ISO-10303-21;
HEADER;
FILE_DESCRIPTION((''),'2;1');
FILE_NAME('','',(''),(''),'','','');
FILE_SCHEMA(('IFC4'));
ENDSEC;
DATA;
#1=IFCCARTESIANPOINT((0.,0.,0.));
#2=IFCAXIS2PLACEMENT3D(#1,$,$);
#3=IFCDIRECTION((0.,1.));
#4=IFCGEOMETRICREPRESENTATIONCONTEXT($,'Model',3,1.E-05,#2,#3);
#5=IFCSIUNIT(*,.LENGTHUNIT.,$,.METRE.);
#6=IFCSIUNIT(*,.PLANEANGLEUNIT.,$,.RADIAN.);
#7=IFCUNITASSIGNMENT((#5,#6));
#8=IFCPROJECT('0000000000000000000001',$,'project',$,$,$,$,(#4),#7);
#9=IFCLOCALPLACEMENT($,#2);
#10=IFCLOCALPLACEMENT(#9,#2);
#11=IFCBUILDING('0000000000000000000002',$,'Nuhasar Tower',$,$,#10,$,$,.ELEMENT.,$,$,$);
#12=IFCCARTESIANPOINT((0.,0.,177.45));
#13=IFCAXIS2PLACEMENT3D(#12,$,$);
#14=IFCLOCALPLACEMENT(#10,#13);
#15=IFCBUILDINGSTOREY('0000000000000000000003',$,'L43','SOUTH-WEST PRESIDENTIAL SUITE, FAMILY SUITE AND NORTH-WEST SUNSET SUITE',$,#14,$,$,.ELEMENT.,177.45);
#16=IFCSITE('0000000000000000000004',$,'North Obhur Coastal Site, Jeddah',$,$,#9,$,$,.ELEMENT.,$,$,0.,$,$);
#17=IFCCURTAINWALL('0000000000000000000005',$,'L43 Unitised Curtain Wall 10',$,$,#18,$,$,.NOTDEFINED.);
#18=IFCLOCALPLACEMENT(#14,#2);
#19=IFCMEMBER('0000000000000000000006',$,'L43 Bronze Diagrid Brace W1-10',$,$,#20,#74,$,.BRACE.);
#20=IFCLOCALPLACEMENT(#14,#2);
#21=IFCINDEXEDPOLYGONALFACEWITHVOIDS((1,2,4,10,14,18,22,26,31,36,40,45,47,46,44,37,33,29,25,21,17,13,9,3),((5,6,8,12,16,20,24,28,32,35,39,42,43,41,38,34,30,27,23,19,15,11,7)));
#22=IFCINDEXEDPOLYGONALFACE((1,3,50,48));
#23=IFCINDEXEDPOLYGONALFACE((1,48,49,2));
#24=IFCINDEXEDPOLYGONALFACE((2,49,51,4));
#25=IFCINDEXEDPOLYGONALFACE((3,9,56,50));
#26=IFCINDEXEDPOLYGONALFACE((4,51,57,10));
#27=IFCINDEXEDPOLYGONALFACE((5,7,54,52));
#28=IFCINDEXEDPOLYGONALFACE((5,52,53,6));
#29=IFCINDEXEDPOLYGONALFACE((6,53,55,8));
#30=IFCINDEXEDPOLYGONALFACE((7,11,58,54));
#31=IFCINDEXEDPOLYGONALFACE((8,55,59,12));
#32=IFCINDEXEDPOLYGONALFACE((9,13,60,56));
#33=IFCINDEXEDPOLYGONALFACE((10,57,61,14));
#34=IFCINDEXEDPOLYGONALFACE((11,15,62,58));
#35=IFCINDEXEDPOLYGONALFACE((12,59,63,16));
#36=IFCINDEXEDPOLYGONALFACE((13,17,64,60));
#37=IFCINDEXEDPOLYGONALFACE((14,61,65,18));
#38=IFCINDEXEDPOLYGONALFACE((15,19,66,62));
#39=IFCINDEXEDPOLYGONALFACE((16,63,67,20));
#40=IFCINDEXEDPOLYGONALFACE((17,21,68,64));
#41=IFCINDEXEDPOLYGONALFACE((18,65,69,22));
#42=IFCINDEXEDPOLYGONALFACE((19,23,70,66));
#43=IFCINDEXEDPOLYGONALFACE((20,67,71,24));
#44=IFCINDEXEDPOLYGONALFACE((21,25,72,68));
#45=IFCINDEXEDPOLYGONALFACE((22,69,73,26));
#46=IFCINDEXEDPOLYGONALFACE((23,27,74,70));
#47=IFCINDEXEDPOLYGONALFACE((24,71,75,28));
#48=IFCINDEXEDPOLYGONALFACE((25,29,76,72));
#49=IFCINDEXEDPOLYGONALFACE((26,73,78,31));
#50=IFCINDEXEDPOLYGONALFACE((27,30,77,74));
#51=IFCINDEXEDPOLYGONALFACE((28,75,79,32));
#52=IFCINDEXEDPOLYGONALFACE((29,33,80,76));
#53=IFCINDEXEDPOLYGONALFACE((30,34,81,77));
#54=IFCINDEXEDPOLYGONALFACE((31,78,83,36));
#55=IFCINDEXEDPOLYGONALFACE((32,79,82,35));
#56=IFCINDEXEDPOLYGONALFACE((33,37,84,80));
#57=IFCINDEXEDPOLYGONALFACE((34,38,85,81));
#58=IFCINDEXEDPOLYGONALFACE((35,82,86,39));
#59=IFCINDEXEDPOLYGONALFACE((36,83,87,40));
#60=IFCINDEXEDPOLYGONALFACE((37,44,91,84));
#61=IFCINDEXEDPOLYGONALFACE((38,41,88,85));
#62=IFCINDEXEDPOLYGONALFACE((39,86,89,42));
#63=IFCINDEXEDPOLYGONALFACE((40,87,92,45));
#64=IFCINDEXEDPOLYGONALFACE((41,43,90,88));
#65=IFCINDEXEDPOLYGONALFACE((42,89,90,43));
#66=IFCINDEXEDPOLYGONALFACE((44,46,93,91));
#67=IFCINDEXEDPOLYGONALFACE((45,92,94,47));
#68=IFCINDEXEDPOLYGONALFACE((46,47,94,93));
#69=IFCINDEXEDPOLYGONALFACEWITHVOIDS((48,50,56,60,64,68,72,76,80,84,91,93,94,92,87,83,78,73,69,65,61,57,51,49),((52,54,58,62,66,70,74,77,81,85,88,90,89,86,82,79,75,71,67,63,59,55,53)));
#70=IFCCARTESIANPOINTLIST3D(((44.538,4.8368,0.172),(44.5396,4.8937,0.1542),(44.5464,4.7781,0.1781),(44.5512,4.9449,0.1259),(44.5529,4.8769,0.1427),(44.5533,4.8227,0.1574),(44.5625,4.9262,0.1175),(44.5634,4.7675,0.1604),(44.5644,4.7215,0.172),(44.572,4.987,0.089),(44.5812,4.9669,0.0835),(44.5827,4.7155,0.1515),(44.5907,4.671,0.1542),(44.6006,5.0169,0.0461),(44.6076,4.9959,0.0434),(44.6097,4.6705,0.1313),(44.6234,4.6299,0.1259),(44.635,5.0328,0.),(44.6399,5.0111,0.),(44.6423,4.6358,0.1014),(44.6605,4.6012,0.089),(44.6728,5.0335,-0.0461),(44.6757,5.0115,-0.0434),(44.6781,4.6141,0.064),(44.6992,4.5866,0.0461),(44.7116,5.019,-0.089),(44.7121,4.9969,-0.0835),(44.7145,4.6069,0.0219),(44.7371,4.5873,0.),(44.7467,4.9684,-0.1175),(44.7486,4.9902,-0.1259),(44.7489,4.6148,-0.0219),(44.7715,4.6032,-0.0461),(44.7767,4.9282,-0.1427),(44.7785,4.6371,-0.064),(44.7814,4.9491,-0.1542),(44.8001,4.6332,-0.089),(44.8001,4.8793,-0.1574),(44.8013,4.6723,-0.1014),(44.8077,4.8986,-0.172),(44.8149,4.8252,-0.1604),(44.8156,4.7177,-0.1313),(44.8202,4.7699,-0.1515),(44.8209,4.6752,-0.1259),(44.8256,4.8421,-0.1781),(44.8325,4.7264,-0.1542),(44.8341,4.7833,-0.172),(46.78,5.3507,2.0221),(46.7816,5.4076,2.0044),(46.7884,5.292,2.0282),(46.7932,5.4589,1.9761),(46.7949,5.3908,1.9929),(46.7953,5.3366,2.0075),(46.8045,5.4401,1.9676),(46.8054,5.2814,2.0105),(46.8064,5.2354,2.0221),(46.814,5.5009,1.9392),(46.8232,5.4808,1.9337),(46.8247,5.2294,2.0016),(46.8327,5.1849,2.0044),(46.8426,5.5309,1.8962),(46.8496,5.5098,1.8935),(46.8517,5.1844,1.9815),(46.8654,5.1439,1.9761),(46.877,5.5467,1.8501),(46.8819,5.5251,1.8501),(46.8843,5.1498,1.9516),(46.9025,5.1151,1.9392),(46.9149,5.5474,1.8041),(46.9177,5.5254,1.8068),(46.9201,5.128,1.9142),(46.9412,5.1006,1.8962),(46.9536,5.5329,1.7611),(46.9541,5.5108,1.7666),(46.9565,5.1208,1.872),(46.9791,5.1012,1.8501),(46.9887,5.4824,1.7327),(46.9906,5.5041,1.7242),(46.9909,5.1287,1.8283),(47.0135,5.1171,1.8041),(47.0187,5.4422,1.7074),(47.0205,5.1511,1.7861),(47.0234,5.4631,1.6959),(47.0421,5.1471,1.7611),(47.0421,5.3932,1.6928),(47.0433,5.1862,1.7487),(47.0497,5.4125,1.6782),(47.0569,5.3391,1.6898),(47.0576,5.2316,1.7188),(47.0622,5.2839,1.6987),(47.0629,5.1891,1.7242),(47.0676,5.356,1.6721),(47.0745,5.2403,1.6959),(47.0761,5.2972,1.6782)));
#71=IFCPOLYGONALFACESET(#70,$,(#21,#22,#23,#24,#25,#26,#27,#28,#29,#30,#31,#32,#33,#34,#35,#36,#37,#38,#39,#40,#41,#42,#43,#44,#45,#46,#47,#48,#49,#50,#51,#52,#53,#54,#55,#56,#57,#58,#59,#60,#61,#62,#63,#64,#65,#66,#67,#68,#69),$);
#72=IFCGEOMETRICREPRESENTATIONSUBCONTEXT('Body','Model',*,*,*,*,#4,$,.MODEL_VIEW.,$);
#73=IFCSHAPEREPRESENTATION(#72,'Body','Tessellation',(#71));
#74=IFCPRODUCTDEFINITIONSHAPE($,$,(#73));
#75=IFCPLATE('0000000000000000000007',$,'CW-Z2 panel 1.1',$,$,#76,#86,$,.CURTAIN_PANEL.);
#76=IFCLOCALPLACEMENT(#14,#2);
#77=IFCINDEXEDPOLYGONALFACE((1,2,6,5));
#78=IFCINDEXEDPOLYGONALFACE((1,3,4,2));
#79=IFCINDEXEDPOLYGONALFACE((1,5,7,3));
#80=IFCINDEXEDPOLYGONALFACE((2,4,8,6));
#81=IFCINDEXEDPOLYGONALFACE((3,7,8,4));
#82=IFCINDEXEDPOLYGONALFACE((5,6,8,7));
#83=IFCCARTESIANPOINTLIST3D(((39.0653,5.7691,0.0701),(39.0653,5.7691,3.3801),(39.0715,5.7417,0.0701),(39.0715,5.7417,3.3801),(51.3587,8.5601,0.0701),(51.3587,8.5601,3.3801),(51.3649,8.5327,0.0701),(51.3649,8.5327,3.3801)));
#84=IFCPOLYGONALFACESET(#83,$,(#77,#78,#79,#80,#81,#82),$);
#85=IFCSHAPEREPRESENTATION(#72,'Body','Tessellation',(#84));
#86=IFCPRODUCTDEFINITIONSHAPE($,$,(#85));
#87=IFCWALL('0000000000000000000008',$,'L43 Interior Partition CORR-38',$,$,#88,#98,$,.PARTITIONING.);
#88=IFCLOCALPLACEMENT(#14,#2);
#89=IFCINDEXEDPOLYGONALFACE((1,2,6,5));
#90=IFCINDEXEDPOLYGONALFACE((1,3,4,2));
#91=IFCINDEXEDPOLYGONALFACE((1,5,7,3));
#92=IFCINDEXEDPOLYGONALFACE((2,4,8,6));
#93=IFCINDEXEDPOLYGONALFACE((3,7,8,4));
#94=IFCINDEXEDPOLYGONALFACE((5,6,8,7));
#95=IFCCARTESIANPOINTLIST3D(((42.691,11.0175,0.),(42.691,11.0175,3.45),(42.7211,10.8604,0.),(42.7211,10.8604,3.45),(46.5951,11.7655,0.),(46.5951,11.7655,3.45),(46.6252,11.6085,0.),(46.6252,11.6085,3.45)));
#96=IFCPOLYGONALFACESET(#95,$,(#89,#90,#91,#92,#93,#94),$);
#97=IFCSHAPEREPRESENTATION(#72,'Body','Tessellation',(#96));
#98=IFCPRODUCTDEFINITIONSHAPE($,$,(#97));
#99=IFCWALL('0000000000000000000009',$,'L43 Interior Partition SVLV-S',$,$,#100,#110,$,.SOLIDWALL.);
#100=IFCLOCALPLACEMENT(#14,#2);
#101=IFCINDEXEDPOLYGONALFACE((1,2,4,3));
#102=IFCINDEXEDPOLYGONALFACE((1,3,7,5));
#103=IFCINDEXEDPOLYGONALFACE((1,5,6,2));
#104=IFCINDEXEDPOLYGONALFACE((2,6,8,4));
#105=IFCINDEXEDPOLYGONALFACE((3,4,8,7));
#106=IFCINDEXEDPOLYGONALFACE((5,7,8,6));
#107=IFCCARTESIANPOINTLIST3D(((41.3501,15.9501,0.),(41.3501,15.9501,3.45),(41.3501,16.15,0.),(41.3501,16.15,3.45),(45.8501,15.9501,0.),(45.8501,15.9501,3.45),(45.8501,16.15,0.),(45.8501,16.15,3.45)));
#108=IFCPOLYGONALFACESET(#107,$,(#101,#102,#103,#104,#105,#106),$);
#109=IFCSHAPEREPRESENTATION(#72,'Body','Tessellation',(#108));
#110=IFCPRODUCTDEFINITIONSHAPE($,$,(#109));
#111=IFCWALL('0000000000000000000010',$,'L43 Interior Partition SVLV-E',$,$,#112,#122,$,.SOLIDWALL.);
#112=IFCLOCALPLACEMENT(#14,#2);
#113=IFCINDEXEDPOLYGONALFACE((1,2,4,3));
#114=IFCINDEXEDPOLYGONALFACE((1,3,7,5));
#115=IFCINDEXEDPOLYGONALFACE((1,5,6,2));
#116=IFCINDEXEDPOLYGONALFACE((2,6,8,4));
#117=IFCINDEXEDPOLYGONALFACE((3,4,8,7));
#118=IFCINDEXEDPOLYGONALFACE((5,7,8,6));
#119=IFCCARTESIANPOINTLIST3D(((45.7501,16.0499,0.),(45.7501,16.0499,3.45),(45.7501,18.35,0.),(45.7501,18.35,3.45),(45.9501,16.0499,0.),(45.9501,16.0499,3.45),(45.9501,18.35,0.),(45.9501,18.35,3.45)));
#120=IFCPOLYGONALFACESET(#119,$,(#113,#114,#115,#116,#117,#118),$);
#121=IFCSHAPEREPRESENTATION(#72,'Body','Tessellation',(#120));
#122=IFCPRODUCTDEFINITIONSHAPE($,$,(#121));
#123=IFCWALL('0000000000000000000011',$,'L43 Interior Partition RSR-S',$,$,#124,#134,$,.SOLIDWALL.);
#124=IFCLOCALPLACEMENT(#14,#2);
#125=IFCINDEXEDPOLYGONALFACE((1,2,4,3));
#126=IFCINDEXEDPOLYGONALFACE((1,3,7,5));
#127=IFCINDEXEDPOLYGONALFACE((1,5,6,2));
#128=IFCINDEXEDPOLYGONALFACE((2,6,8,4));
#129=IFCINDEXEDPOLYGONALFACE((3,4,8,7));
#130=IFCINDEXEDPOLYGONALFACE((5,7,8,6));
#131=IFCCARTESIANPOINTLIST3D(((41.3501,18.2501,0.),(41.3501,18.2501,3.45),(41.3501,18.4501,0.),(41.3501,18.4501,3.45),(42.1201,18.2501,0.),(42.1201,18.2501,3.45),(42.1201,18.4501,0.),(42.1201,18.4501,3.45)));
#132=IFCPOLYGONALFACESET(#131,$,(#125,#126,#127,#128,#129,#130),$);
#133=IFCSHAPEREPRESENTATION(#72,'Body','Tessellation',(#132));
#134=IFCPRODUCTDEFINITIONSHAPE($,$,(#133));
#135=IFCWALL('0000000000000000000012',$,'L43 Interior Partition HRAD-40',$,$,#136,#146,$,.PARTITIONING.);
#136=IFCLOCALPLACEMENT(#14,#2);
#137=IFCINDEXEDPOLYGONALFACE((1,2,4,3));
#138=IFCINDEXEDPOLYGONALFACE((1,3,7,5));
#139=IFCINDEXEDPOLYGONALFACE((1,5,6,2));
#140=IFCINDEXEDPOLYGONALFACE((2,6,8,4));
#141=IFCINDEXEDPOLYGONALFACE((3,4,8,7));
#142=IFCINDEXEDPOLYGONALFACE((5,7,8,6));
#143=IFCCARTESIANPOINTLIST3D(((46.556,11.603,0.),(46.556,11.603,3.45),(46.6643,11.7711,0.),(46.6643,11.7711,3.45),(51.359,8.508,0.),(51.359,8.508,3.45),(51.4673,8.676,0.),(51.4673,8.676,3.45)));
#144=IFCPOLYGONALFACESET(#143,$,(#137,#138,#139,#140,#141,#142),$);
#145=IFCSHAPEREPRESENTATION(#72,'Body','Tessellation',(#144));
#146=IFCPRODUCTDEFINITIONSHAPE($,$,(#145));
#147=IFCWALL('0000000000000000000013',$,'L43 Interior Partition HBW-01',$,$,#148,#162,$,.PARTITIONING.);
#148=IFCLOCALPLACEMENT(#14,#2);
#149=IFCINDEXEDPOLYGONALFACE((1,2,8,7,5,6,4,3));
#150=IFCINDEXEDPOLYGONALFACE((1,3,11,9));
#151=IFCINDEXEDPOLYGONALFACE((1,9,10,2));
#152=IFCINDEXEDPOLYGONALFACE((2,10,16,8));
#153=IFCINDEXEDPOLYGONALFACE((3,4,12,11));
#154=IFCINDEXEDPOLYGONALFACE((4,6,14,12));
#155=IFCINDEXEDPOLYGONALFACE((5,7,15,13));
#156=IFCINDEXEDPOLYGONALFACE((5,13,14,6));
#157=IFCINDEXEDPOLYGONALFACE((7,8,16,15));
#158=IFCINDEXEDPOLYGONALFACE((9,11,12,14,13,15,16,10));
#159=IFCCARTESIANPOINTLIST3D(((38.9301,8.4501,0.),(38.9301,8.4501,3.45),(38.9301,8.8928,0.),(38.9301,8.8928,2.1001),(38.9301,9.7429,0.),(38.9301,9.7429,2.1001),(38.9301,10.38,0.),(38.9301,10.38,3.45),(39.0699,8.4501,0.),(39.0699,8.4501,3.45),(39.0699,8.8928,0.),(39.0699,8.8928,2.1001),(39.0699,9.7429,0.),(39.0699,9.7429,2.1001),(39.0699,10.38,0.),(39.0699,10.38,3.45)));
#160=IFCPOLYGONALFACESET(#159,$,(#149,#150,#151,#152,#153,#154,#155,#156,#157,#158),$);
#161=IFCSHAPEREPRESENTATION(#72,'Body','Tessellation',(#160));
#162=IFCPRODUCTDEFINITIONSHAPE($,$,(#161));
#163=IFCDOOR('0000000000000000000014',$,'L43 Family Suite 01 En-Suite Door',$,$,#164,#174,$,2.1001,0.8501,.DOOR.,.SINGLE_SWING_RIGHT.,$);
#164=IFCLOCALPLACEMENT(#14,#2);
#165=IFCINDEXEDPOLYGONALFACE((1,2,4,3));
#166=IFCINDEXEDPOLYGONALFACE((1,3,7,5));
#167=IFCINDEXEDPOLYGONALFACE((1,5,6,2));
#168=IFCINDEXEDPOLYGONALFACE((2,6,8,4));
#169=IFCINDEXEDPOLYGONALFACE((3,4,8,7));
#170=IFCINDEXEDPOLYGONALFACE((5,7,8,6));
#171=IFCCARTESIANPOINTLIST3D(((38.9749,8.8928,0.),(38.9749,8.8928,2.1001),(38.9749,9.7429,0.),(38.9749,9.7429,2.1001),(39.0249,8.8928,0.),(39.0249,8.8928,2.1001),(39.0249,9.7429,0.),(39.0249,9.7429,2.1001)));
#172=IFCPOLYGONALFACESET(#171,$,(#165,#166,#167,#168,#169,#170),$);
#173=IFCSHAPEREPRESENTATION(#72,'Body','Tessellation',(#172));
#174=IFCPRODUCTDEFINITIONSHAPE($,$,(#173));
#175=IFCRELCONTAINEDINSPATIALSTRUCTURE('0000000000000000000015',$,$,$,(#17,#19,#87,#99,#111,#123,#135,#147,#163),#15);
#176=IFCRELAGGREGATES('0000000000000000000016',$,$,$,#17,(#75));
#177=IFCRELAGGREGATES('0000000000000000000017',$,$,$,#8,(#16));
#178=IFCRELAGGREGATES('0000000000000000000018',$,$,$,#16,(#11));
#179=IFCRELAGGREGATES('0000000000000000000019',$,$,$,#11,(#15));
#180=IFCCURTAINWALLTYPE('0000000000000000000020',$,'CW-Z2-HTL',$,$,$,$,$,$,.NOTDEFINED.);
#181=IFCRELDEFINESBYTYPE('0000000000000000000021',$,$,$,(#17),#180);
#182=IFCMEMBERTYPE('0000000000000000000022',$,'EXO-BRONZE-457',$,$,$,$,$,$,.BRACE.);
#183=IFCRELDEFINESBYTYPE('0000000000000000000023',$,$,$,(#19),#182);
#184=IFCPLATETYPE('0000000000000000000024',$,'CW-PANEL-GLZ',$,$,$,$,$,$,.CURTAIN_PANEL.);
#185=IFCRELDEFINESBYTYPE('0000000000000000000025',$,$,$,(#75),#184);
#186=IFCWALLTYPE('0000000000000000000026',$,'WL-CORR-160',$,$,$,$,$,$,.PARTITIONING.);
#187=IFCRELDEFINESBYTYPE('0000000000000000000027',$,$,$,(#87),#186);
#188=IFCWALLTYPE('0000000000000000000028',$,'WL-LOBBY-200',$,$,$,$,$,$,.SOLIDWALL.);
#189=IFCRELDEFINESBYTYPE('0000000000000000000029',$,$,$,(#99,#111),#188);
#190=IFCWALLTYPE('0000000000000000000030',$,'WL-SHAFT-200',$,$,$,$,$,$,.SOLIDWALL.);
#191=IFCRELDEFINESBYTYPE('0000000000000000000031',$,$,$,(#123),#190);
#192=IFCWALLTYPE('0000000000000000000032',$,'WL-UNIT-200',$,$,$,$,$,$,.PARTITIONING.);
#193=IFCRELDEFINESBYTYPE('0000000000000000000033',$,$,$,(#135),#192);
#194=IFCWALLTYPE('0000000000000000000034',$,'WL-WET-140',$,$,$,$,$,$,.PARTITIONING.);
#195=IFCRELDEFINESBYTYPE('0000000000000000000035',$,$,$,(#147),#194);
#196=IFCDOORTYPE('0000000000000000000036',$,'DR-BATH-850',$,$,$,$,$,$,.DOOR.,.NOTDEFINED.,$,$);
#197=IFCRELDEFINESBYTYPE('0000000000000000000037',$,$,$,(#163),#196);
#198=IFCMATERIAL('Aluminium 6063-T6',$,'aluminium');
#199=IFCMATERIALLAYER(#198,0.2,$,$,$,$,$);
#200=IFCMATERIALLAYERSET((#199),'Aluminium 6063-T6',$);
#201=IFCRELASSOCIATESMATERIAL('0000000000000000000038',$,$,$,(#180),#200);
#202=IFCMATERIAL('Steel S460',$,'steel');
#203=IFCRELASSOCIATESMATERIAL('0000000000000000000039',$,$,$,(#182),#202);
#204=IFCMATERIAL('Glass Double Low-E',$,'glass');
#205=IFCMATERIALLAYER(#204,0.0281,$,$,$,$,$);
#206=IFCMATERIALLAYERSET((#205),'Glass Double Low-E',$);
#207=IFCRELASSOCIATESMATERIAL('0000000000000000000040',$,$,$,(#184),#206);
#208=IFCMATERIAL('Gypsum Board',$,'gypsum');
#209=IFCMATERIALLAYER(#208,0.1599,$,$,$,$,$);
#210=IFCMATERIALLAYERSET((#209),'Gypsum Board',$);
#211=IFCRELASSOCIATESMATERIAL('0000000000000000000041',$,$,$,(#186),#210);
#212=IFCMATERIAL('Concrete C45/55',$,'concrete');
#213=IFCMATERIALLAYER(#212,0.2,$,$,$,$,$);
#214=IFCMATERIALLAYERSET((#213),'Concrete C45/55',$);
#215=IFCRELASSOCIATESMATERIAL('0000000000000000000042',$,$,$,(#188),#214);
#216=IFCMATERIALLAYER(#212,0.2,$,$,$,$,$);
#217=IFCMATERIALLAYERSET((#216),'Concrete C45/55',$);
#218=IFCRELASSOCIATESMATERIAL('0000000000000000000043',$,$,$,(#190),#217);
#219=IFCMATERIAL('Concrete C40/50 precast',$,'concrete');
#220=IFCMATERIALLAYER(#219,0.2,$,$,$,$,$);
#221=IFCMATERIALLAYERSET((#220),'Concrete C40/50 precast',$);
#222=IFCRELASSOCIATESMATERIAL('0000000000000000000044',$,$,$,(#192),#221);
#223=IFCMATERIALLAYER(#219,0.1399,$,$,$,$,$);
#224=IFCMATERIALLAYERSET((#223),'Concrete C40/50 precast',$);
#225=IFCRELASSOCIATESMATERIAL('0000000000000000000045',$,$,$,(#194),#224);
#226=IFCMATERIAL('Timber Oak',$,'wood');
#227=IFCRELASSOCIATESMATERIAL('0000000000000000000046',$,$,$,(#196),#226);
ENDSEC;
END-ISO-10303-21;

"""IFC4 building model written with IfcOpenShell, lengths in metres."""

from ifc_helpers import new_model, si_unit, direction, frame, frame_2d, origin, origin_2d, place, context, subcontext, project, spatial, rectangle, hollow_circle, extrude, material, layer, layer_set, material_profile, profile_set, type_object, element, fill, aggregate, save


model = new_model("IFC4")

# Units and contexts
model_context = context("Model", 3, precision=1e-05, world=origin(), true_north=direction((0.0, 1.0)))
body_context = subcontext(model_context, "Body", "Model", "MODEL_VIEW")
ifc_project = project(units=[si_unit("LENGTHUNIT", "METRE"), si_unit("PLANEANGLEUNIT", "RADIAN")], contexts=[model_context])

# Site, building, storey
site_placement = place(None, origin())
site = spatial("IfcSite", under=ifc_project, at=site_placement, Name="North Obhur Coastal Site, Jeddah", CompositionType="ELEMENT", RefElevation=0.0)
building_placement = place(site_placement, origin())
building = spatial("IfcBuilding", under=site, at=building_placement, Name="Nuhasar Tower", CompositionType="ELEMENT")
storey_placement = place(building_placement, frame((0.0, 0.0, 177.45)))
storey = spatial("IfcBuildingStorey", under=building, at=storey_placement, Name="L43", Description="SOUTH-WEST PRESIDENTIAL SUITE, FAMILY SUITE AND NORTH-WEST SUNSET SUITE", CompositionType="ELEMENT", Elevation=177.45)

# Shared definitions
ifc_material_1 = material(Name="Aluminium 6063-T6", Category="aluminium")
ifc_layer_1 = layer(ifc_material_1, 0.2)
ifc_layer_set_1 = layer_set([ifc_layer_1], Name="Aluminium 6063-T6")
curtain_wall_type = type_object("IfcCurtainWallType", Name="CW-Z2-HTL", PredefinedType="NOTDEFINED", material=ifc_layer_set_1)

# Curtain wall
curtain_wall_1_placement = place(storey_placement, origin())
curtain_wall_1 = element("IfcCurtainWall", 1, at=curtain_wall_1_placement, inside=storey, type_object=curtain_wall_type, Name="L43 Unitised Curtain Wall 10", PredefinedType="NOTDEFINED")

# Member
ifc_material_2 = material(Name="Steel S460", Category="steel")
ifc_material_profile_1 = material_profile(ifc_material_2, hollow_circle(Radius=0.2285, WallThickness=0.0222, at=origin_2d()), Name="HSS457X22.2")
ifc_profile_set_1 = profile_set([ifc_material_profile_1], Name="Steel S460")
member_type_1 = type_object("IfcMemberType", Name="EXO-BRONZE-457", PredefinedType="BRACE", material=ifc_profile_set_1)
member_1_placement = place(storey_placement, frame((44.686, 4.8101, 0.0), z_axis=(0.75951, 0.174101, 0.626764), x_axis=(-0.223433, 0.974719, 0.0)))
element("IfcMember", 2, at=member_1_placement, inside=storey, type_object=member_type_1, Name="L43 Bronze Diagrid Brace W1-10", PredefinedType="BRACE", context=body_context, shape_type="SweptSolid", body=[
    extrude(hollow_circle(Radius=0.2285, WallThickness=0.0222, at=origin_2d()), origin(), (0.0, 0.0, 1.0), 2.9519),
])

# Plate
ifc_material_3 = material(Name="Glass Double Low-E", Category="glass")
ifc_layer_2 = layer(ifc_material_3, 0.0281)
ifc_layer_set_2 = layer_set([ifc_layer_2], Name="Glass Double Low-E")
plate_type = type_object("IfcPlateType", Name="CW-PANEL-GLZ", PredefinedType="CURTAIN_PANEL", material=ifc_layer_set_2)
plate_placement = place(storey_placement, frame((45.2151, 7.1509, 0.0701), z_axis=(0.0, 0.0, 1.0), x_axis=(0.975184, 0.221397, 0.0)))
plate = element("IfcPlate", 3, at=plate_placement, type_object=plate_type, Name="CW-Z2 panel 1.1", PredefinedType="CURTAIN_PANEL", context=body_context, shape_type="SweptSolid", body=[
    extrude(rectangle(XDim=12.6062, YDim=0.0281, at=origin_2d()), origin(), (0.0, 0.0, 1.0), 3.3101),
])
aggregate(curtain_wall_1, [plate])

# Shared definitions
ifc_material_4 = material(Name="Gypsum Board", Category="gypsum")
ifc_layer_3 = layer(ifc_material_4, 0.1599)
ifc_layer_set_3 = layer_set([ifc_layer_3], Name="Gypsum Board")
wall_type_1 = type_object("IfcWallType", Name="WL-CORR-160", PredefinedType="PARTITIONING", material=ifc_layer_set_3)
ifc_material_5 = material(Name="Timber Oak", Category="wood")

# Wall
wall_1_placement = place(storey_placement, frame((42.7061, 10.939, 0.0), z_axis=(0.0, 0.0, 1.0), x_axis=(0.982134, 0.188184, 0.0)))
element("IfcWall", 4, at=wall_1_placement, inside=storey, type_object=wall_type_1, Name="L43 Interior Partition CORR-38", PredefinedType="PARTITIONING", context=body_context, shape_type="SweptSolid", body=[
    extrude(rectangle(XDim=3.9751, YDim=0.1599, at=frame_2d((1.9875, 0.0))), origin(), (0.0, 0.0, 1.0), 3.45),
])

# Shared definitions
ifc_material_6 = material(Name="Concrete C45/55", Category="concrete")
ifc_layer_4 = layer(ifc_material_6, 0.2)
ifc_layer_set_4 = layer_set([ifc_layer_4], Name="Concrete C45/55")
wall_type_2 = type_object("IfcWallType", Name="WL-LOBBY-200", PredefinedType="SOLIDWALL", material=ifc_layer_set_4)

# Walls
wall_2_placement = place(storey_placement, frame((41.3501, 16.05, 0.0), z_axis=(0.0, 0.0, 1.0), x_axis=(1.0, 0.0, 0.0)))
element("IfcWall", 5, at=wall_2_placement, inside=storey, type_object=wall_type_2, Name="L43 Interior Partition SVLV-S", PredefinedType="SOLIDWALL", context=body_context, shape_type="SweptSolid", body=[
    extrude(rectangle(XDim=4.5, YDim=0.2, at=frame_2d((2.25, 0.0))), origin(), (0.0, 0.0, 1.0), 3.45),
])
wall_3_placement = place(storey_placement, frame((45.8501, 16.05, 0.0), z_axis=(0.0, 0.0, 1.0), x_axis=(0.0, 1.0, 0.0)))
element("IfcWall", 6, at=wall_3_placement, inside=storey, type_object=wall_type_2, Name="L43 Interior Partition SVLV-E", PredefinedType="SOLIDWALL", context=body_context, shape_type="SweptSolid", body=[
    extrude(rectangle(XDim=2.3, YDim=0.2, at=frame_2d((1.1499, 0.0))), origin(), (0.0, 0.0, 1.0), 3.45),
])
ifc_layer_5 = layer(ifc_material_6, 0.2)
ifc_layer_set_5 = layer_set([ifc_layer_5], Name="Concrete C45/55")
wall_type_3 = type_object("IfcWallType", Name="WL-SHAFT-200", PredefinedType="SOLIDWALL", material=ifc_layer_set_5)
wall_4_placement = place(storey_placement, frame((41.3501, 18.3501, 0.0), z_axis=(0.0, 0.0, 1.0), x_axis=(1.0, 0.0, 0.0)))
element("IfcWall", 7, at=wall_4_placement, inside=storey, type_object=wall_type_3, Name="L43 Interior Partition RSR-S", PredefinedType="SOLIDWALL", context=body_context, shape_type="SweptSolid", body=[
    extrude(rectangle(XDim=0.77, YDim=0.2, at=frame_2d((0.385, 0.0))), origin(), (0.0, 0.0, 1.0), 3.45),
])
ifc_material_7 = material(Name="Concrete C40/50 precast", Category="concrete")
ifc_layer_6 = layer(ifc_material_7, 0.2)
ifc_layer_set_6 = layer_set([ifc_layer_6], Name="Concrete C40/50 precast")
wall_type_4 = type_object("IfcWallType", Name="WL-UNIT-200", PredefinedType="PARTITIONING", material=ifc_layer_set_6)
wall_5_placement = place(storey_placement, frame((46.6101, 11.687, 0.0), z_axis=(0.0, 0.0, 1.0), x_axis=(0.840594, -0.541666, 0.0)))
element("IfcWall", 8, at=wall_5_placement, inside=storey, type_object=wall_type_4, Name="L43 Interior Partition HRAD-40", PredefinedType="PARTITIONING", context=body_context, shape_type="SweptSolid", body=[
    extrude(rectangle(XDim=5.7139, YDim=0.2, at=frame_2d((2.8569, 0.0))), origin(), (0.0, 0.0, 1.0), 3.45),
])

# Wall, opening, door
ifc_layer_7 = layer(ifc_material_7, 0.1399)
ifc_layer_set_7 = layer_set([ifc_layer_7], Name="Concrete C40/50 precast")
wall_type_5 = type_object("IfcWallType", Name="WL-WET-140", PredefinedType="PARTITIONING", material=ifc_layer_set_7)
wall_6_placement = place(storey_placement, frame((39.0, 10.3799, 0.0), z_axis=(0.0, 0.0, 1.0), x_axis=(0.0, -1.0, 0.0)))
wall_6 = element("IfcWall", 9, at=wall_6_placement, inside=storey, type_object=wall_type_5, Name="L43 Interior Partition HBW-01", PredefinedType="PARTITIONING", context=body_context, shape_type="SweptSolid", body=[
    extrude(rectangle(XDim=1.9299, YDim=0.1399, at=frame_2d((0.9648, 0.0))), origin(), (0.0, 0.0, 1.0), 3.45),
])
opening_1_placement = place(wall_6_placement, frame((0.637, 0.0, 0.0)))
opening_1 = element("IfcOpeningElement", 10, at=opening_1_placement, cuts=wall_6, PredefinedType="OPENING", context=body_context, shape_type="SweptSolid", body=[
    extrude(rectangle(XDim=0.8501, YDim=2.1001, at=frame_2d((0.425, 1.05))), frame((0.0, 0.0801, 0.0), z_axis=(0.0, -1.0, 0.0), x_axis=(1.0, 0.0, 0.0)), (0.0, 0.0, 1.0), 0.1599),
])
door_type_1 = type_object("IfcDoorType", Name="DR-BATH-850", OperationType="NOTDEFINED", PredefinedType="DOOR", material=ifc_material_5)
door_1_placement = place(opening_1_placement, origin())
door_1 = element("IfcDoor", 11, at=door_1_placement, inside=storey, type_object=door_type_1, Name="L43 Family Suite 01 En-Suite Door", OperationType="SINGLE_SWING_RIGHT", OverallHeight=2.1001, OverallWidth=0.8501, PredefinedType="DOOR", context=body_context, shape_type="SweptSolid", body=[
    extrude(rectangle(XDim=0.8501, YDim=2.1001, at=frame_2d((0.425, 1.05))), frame((0.0, 0.0249, 0.0), z_axis=(0.0, -1.0, 0.0), x_axis=(1.0, 0.0, 0.0)), (0.0, 0.0, 1.0), 0.05),
])
fill(opening_1, door_1)

save(model, "model.ifc")
